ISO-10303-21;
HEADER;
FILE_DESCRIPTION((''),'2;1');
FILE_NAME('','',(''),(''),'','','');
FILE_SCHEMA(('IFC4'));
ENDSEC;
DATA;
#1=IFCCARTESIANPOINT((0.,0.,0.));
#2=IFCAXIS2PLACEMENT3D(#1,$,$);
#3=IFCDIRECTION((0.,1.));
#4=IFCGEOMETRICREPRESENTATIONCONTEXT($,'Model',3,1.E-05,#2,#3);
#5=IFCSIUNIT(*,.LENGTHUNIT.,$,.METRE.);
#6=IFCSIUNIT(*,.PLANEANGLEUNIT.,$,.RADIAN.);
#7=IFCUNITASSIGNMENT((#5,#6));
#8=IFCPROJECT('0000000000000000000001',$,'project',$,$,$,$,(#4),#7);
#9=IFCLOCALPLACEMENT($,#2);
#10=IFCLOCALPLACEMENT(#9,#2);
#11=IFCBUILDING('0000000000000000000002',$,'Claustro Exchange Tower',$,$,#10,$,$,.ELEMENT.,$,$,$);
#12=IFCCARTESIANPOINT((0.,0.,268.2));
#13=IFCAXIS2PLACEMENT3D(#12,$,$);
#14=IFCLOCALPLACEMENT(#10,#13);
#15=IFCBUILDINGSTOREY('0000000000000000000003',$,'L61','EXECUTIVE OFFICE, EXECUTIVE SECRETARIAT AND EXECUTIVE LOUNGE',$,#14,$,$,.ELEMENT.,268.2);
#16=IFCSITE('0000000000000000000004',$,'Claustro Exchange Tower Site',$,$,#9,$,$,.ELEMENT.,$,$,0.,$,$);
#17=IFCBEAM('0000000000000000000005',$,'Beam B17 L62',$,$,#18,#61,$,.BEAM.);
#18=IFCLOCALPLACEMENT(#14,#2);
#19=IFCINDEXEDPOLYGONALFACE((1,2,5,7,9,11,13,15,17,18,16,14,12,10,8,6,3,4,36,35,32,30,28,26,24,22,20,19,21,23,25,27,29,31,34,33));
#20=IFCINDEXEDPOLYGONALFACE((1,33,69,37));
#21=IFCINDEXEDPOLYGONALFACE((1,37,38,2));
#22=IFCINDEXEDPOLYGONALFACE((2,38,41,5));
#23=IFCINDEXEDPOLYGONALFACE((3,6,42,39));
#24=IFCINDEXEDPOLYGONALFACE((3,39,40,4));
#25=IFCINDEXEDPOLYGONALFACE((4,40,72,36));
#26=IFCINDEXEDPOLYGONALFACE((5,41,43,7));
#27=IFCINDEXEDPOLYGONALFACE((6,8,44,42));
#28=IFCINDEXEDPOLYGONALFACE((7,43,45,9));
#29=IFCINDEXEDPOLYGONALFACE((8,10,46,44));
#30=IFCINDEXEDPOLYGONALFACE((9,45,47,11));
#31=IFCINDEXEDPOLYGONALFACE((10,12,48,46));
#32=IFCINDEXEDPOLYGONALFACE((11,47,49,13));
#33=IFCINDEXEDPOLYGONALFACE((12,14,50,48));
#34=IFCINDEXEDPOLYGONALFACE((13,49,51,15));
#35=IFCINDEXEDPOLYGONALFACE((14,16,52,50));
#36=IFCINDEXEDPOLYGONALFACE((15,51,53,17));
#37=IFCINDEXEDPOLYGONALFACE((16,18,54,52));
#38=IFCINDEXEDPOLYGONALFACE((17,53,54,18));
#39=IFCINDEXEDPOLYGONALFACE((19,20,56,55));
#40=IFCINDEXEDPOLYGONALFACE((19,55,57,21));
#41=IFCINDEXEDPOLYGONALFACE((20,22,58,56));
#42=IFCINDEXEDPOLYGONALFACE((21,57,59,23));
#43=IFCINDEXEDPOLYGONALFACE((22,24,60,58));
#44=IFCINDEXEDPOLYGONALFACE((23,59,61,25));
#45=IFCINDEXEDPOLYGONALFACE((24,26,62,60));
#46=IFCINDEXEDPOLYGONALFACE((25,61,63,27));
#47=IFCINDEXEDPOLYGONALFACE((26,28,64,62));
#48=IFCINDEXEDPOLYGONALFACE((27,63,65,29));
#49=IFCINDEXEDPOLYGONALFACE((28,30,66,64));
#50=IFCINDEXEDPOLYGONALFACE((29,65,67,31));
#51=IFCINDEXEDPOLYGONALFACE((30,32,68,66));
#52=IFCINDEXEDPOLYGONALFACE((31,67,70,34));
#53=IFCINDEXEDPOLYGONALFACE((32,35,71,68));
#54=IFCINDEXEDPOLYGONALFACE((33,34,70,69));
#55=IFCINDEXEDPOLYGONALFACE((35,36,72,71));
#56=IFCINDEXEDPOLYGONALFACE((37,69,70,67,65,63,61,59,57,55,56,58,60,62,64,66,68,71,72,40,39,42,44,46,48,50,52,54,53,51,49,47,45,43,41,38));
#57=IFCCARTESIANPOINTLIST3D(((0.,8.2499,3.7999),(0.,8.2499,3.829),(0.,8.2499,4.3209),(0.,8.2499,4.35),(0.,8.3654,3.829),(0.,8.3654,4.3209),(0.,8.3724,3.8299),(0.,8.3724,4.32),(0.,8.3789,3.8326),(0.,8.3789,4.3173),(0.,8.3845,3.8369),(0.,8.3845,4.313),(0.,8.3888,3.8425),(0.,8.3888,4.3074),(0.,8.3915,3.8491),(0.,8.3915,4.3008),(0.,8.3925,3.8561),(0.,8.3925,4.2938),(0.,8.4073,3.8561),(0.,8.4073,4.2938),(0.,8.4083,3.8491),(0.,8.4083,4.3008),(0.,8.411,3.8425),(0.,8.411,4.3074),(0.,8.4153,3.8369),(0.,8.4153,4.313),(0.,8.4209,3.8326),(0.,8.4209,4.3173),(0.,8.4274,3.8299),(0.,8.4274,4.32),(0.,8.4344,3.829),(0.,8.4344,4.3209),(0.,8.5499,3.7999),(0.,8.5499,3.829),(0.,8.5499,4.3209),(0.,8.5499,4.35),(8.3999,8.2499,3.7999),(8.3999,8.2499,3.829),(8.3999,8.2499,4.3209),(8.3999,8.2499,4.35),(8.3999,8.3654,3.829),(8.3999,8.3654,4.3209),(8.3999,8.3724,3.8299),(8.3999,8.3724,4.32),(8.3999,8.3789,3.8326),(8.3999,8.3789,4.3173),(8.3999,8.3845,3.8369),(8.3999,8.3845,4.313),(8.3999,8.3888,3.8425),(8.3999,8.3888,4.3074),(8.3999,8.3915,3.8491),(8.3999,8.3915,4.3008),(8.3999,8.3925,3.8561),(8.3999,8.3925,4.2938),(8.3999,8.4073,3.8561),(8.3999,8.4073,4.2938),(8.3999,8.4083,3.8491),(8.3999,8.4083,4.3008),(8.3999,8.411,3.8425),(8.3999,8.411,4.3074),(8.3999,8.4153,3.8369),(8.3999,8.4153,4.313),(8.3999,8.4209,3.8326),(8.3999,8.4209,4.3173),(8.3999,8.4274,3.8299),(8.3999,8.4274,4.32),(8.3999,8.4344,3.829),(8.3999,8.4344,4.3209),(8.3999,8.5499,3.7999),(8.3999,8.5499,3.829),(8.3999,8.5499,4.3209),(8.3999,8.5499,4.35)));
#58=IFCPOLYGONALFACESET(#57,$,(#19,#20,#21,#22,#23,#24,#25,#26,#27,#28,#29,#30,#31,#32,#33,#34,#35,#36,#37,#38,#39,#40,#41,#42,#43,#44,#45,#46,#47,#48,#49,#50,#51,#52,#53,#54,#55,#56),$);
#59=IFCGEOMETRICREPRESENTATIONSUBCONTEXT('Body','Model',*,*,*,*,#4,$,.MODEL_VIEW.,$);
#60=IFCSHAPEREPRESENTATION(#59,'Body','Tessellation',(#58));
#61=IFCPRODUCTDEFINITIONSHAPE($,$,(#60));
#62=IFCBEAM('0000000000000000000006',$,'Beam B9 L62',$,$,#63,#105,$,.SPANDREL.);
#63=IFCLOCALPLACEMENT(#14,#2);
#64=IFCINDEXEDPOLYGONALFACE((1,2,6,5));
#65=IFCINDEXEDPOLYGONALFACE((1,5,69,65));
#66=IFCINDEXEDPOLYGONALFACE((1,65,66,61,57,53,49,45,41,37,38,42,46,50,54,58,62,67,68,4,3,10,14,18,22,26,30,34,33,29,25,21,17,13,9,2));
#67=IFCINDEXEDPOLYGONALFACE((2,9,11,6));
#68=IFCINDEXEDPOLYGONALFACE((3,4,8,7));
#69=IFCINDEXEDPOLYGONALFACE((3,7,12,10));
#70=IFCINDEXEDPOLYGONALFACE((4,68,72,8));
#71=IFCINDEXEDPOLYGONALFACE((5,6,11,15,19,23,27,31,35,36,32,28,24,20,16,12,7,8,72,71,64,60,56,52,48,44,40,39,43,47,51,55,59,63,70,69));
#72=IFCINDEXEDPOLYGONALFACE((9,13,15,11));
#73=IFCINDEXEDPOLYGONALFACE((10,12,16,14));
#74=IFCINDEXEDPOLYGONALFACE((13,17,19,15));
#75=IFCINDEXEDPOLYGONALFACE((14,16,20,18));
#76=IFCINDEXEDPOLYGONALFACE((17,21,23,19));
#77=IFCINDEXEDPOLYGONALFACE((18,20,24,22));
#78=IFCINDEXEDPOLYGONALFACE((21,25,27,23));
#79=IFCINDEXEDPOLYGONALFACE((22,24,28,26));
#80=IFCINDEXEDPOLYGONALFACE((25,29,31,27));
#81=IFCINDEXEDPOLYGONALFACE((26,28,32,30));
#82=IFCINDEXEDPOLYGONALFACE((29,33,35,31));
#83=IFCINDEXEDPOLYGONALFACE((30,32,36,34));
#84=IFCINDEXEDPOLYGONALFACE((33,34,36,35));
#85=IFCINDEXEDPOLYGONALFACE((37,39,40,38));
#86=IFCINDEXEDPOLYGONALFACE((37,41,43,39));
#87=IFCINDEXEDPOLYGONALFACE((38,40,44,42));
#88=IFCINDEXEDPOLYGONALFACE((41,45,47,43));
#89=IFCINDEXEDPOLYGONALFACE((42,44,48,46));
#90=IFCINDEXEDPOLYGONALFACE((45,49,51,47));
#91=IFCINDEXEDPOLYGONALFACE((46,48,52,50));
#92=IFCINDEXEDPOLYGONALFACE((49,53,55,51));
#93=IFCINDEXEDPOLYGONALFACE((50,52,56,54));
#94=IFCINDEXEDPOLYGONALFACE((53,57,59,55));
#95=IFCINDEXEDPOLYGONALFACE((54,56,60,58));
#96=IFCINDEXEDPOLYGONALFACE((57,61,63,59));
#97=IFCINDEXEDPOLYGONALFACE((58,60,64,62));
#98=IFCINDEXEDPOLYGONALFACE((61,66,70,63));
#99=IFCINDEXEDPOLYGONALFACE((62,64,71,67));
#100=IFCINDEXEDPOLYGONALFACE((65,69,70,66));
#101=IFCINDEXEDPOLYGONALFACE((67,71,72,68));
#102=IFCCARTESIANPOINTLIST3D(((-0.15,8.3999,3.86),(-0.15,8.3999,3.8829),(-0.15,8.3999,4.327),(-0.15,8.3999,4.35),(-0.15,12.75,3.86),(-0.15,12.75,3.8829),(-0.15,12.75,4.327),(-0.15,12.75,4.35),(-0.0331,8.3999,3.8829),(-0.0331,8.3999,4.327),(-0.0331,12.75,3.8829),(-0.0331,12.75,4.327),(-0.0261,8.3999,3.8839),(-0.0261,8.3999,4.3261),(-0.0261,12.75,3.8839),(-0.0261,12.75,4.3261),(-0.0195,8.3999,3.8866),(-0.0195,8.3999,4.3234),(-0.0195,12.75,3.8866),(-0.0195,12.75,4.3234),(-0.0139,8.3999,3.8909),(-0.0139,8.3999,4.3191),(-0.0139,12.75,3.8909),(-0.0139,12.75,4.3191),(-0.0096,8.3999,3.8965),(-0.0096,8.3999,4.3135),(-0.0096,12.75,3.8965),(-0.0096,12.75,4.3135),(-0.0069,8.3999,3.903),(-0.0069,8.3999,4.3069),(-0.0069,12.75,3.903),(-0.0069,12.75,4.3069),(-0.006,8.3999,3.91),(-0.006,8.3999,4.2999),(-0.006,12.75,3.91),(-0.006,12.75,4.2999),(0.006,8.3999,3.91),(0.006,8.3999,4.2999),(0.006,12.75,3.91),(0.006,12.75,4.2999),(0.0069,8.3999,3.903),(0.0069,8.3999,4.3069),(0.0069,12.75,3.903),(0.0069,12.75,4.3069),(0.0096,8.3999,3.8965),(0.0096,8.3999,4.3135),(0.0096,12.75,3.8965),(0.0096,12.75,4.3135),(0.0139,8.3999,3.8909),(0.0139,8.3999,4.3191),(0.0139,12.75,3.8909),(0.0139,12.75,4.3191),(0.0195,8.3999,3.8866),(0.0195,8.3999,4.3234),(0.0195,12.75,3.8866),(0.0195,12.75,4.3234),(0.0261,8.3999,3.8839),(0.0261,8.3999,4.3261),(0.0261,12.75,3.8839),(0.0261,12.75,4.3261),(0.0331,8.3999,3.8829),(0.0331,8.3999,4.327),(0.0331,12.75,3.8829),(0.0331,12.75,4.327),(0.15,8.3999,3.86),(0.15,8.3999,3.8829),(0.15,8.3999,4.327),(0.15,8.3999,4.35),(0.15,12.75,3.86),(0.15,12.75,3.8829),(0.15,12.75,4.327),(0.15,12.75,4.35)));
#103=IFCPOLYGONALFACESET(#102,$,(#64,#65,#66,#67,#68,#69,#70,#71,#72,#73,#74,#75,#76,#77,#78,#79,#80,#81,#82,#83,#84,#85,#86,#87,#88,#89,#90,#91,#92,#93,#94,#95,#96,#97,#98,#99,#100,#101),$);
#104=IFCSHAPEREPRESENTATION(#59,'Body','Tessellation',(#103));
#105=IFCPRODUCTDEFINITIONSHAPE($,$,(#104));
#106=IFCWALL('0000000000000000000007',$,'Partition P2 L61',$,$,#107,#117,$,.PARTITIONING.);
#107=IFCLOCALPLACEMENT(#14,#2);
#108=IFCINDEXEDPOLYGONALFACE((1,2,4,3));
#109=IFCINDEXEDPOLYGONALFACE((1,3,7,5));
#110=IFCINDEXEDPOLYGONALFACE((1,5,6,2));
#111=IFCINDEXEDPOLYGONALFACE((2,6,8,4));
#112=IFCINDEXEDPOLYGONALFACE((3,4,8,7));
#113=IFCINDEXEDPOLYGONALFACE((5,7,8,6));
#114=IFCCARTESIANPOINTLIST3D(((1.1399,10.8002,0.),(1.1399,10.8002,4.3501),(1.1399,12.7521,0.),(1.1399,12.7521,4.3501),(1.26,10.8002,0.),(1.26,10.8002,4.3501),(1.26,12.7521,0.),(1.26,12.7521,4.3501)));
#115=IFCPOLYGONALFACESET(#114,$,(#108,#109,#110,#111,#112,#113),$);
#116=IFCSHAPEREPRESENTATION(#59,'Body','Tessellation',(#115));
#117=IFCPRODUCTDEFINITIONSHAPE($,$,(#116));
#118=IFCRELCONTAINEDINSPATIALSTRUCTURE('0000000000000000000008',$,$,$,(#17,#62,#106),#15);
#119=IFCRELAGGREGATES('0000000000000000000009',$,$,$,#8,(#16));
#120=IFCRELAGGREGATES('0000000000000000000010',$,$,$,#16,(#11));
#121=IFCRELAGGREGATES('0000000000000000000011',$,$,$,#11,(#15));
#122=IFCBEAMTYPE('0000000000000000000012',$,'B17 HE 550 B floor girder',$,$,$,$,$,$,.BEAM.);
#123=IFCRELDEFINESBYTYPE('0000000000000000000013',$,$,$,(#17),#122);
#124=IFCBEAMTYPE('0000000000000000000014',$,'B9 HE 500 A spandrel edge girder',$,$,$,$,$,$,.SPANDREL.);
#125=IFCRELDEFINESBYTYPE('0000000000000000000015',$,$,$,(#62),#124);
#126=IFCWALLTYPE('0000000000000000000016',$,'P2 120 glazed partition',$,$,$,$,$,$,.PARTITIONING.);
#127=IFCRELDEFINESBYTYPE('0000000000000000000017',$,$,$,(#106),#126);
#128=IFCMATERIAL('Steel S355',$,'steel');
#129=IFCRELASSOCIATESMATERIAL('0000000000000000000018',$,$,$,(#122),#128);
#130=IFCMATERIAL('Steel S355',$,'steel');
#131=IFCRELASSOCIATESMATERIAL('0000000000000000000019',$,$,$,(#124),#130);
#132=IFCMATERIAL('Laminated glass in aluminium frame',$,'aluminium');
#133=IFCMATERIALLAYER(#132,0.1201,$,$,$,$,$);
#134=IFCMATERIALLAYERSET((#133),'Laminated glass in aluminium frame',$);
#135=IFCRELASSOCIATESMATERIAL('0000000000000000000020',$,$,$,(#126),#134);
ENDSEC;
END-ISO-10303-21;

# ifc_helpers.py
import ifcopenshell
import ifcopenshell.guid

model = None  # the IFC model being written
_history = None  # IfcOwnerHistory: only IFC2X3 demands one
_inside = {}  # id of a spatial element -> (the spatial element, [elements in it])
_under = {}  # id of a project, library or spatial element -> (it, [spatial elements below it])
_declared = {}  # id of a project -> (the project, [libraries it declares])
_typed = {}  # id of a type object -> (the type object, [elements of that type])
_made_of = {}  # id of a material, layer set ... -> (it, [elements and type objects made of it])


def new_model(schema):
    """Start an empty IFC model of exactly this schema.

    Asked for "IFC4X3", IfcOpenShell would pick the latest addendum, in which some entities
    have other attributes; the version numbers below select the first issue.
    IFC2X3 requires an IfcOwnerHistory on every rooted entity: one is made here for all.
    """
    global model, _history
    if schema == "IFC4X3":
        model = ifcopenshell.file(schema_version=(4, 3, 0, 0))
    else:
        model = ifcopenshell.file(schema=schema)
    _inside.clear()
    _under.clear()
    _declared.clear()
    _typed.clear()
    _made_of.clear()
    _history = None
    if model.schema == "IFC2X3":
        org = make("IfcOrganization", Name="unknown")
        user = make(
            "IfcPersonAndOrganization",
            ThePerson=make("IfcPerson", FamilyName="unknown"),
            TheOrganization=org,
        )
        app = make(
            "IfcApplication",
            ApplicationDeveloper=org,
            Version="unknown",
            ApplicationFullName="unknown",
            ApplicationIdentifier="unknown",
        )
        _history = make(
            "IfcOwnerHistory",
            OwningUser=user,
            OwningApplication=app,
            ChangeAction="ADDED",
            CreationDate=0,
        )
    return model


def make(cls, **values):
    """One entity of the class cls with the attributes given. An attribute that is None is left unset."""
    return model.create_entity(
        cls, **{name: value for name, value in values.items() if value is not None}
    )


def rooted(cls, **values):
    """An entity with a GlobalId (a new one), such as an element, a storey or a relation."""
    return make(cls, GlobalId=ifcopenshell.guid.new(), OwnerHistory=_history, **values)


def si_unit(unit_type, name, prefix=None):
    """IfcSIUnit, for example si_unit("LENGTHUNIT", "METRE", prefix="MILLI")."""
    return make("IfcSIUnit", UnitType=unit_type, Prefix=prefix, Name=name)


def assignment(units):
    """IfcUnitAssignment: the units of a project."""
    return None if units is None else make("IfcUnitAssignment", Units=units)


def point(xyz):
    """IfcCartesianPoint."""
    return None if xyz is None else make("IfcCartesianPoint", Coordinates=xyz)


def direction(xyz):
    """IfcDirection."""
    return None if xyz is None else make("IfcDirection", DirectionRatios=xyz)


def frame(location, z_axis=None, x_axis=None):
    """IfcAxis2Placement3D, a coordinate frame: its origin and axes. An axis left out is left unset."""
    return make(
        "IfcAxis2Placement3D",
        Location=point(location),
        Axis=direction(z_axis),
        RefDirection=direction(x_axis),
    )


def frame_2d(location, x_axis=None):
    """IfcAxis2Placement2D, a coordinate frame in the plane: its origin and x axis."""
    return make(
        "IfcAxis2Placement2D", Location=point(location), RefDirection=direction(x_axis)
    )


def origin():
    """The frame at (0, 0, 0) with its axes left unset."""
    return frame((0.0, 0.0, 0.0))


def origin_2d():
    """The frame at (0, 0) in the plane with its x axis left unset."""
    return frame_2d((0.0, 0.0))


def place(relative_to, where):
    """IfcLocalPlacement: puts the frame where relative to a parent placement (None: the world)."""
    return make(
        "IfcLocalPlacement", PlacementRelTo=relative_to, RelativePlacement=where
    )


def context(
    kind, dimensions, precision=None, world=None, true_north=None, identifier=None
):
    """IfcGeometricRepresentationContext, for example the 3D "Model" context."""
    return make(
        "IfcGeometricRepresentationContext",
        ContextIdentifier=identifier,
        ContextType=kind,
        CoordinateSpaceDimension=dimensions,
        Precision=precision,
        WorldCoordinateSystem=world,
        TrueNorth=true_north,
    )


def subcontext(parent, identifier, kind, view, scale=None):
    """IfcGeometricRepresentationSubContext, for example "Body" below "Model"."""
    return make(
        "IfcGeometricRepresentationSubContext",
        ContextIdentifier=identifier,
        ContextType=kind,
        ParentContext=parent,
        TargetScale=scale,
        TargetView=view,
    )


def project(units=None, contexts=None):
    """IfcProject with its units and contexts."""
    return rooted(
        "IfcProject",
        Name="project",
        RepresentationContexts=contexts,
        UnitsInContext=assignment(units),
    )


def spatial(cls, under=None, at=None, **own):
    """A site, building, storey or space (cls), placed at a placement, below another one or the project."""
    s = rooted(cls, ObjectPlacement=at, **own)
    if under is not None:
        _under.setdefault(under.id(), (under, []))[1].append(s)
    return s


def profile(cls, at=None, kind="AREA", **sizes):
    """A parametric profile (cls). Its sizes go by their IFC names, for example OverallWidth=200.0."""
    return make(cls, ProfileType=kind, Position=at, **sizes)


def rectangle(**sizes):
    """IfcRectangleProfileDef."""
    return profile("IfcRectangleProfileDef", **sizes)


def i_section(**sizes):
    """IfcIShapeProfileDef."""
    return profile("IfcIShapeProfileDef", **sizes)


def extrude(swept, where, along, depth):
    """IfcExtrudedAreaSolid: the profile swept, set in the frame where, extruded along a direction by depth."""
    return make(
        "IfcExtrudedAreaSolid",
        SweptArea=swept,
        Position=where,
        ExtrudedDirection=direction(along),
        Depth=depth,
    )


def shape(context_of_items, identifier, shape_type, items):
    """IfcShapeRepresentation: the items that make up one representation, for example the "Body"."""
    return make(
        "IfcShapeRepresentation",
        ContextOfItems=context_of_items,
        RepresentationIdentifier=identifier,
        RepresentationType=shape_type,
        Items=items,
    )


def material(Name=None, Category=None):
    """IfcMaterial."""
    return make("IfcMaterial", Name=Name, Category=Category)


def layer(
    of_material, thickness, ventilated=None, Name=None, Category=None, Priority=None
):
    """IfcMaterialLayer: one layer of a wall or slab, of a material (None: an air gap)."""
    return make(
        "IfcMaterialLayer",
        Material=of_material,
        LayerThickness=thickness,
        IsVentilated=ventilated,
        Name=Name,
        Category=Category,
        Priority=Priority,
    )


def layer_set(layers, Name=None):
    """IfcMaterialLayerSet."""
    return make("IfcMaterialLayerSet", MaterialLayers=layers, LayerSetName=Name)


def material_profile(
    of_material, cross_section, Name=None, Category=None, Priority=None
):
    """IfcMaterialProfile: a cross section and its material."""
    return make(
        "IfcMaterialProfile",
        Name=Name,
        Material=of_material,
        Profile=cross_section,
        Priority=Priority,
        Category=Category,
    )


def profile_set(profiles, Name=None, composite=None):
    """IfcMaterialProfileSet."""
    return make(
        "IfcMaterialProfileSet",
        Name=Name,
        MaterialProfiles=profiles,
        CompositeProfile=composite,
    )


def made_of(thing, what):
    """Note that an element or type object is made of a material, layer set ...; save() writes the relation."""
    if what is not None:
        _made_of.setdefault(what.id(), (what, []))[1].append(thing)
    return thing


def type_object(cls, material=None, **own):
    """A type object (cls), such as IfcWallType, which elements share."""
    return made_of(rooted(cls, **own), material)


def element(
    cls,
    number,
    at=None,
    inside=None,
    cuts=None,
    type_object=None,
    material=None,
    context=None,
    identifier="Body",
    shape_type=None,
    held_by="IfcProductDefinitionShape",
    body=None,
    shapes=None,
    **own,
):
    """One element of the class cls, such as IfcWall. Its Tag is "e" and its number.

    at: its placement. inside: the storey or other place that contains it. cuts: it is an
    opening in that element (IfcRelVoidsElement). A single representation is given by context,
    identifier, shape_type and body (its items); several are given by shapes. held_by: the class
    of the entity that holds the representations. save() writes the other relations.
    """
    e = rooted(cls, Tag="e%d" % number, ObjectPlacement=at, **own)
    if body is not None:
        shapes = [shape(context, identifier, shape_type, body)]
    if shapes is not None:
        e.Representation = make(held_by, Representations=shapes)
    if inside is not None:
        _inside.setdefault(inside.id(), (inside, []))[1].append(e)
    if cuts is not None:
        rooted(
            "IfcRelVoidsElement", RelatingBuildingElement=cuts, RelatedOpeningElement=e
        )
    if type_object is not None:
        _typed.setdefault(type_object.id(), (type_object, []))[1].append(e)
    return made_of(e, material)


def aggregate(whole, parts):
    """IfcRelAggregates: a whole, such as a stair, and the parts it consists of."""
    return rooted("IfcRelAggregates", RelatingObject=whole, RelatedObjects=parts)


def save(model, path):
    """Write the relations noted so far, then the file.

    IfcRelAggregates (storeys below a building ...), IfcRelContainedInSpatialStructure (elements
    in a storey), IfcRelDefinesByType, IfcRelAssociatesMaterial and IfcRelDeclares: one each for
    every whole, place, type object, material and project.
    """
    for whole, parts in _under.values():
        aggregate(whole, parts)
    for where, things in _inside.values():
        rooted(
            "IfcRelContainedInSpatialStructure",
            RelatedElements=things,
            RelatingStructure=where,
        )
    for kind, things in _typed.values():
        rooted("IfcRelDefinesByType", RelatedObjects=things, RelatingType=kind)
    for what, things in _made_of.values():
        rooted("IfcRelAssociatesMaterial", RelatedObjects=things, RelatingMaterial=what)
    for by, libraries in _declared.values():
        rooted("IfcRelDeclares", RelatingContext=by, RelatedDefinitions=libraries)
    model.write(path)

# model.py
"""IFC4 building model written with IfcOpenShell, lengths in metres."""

from ifc_helpers import new_model, si_unit, direction, frame, frame_2d, origin, origin_2d, place, context, subcontext, project, spatial, rectangle, i_section, extrude, material, layer, layer_set, material_profile, profile_set, type_object, element, save


model = new_model("IFC4")

# Units and contexts
model_context = context("Model", 3, precision=1e-05, world=origin(), true_north=direction((0.0, 1.0)))
body_context = subcontext(model_context, "Body", "Model", "MODEL_VIEW")
ifc_project = project(units=[si_unit("LENGTHUNIT", "METRE"), si_unit("PLANEANGLEUNIT", "RADIAN")], contexts=[model_context])

# Site, building, storey
site_placement = place(None, origin())
site = spatial("IfcSite", under=ifc_project, at=site_placement, Name="Claustro Exchange Tower Site", CompositionType="ELEMENT", RefElevation=0.0)
building_placement = place(site_placement, origin())
building = spatial("IfcBuilding", under=site, at=building_placement, Name="Claustro Exchange Tower", CompositionType="ELEMENT")
storey_placement = place(building_placement, frame((0.0, 0.0, 268.2)))
storey = spatial("IfcBuildingStorey", under=building, at=storey_placement, Name="L61", Description="EXECUTIVE OFFICE, EXECUTIVE SECRETARIAT AND EXECUTIVE LOUNGE", CompositionType="ELEMENT", Elevation=268.2)

# Beams
ifc_material_1 = material(Name="Steel S355", Category="steel")
ifc_material_profile_1 = material_profile(ifc_material_1, i_section(OverallWidth=0.3, OverallDepth=0.55, WebThickness=0.0149, FlangeThickness=0.0291, FilletRadius=0.0271, at=origin_2d()), Name="HE 550 B")
ifc_profile_set_1 = profile_set([ifc_material_profile_1], Name="Steel S355")
beam_type_1 = type_object("IfcBeamType", Name="B17 HE 550 B floor girder", PredefinedType="BEAM", material=ifc_profile_set_1)
beam_1_placement = place(storey_placement, frame((0.0, 8.3999, 4.075), z_axis=(1.0, 0.0, 0.0), x_axis=(0.0, 1.0, 0.0)))
element("IfcBeam", 1, at=beam_1_placement, inside=storey, type_object=beam_type_1, Name="Beam B17 L62", PredefinedType="BEAM", context=body_context, shape_type="SweptSolid", body=[
    extrude(i_section(OverallWidth=0.3, OverallDepth=0.55, WebThickness=0.0149, FlangeThickness=0.0291, FilletRadius=0.0271, at=origin_2d()), origin(), (0.0, 0.0, 1.0), 8.3999),
])
ifc_material_2 = material(Name="Steel S355", Category="steel")
ifc_material_profile_2 = material_profile(ifc_material_2, i_section(OverallWidth=0.3, OverallDepth=0.49, WebThickness=0.012, FlangeThickness=0.0229, FilletRadius=0.0271, at=origin_2d()), Name="HE 500 A")
ifc_profile_set_2 = profile_set([ifc_material_profile_2], Name="Steel S355")
beam_type_2 = type_object("IfcBeamType", Name="B9 HE 500 A spandrel edge girder", PredefinedType="SPANDREL", material=ifc_profile_set_2)
beam_2_placement = place(storey_placement, frame((0.0, 8.3999, 4.105), z_axis=(0.0, 1.0, 0.0), x_axis=(-1.0, 0.0, 0.0)))
element("IfcBeam", 2, at=beam_2_placement, inside=storey, type_object=beam_type_2, Name="Beam B9 L62", PredefinedType="SPANDREL", context=body_context, shape_type="SweptSolid", body=[
    extrude(i_section(OverallWidth=0.3, OverallDepth=0.49, WebThickness=0.012, FlangeThickness=0.0229, FilletRadius=0.0271, at=origin_2d()), origin(), (0.0, 0.0, 1.0), 4.3501),
])

# Shared definitions
ifc_material_3 = material(Name="Laminated glass in aluminium frame", Category="aluminium")
ifc_layer_1 = layer(ifc_material_3, 0.1201)
ifc_layer_set_1 = layer_set([ifc_layer_1], Name="Laminated glass in aluminium frame")
wall_type_1 = type_object("IfcWallType", Name="P2 120 glazed partition", PredefinedType="PARTITIONING", material=ifc_layer_set_1)

# Wall
wall_1_placement = place(storey_placement, frame((1.2, 10.8, 0.0), z_axis=(0.0, 0.0, 1.0), x_axis=(0.0, 1.0, 0.0)))
element("IfcWall", 3, at=wall_1_placement, inside=storey, type_object=wall_type_1, Name="Partition P2 L61", PredefinedType="PARTITIONING", context=body_context, shape_type="SweptSolid", body=[
    extrude(rectangle(XDim=1.9519, YDim=0.1201, at=frame_2d((0.9761, 0.0))), origin(), (0.0, 0.0, 1.0), 4.3501),
])

save(model, "model.ifc")
